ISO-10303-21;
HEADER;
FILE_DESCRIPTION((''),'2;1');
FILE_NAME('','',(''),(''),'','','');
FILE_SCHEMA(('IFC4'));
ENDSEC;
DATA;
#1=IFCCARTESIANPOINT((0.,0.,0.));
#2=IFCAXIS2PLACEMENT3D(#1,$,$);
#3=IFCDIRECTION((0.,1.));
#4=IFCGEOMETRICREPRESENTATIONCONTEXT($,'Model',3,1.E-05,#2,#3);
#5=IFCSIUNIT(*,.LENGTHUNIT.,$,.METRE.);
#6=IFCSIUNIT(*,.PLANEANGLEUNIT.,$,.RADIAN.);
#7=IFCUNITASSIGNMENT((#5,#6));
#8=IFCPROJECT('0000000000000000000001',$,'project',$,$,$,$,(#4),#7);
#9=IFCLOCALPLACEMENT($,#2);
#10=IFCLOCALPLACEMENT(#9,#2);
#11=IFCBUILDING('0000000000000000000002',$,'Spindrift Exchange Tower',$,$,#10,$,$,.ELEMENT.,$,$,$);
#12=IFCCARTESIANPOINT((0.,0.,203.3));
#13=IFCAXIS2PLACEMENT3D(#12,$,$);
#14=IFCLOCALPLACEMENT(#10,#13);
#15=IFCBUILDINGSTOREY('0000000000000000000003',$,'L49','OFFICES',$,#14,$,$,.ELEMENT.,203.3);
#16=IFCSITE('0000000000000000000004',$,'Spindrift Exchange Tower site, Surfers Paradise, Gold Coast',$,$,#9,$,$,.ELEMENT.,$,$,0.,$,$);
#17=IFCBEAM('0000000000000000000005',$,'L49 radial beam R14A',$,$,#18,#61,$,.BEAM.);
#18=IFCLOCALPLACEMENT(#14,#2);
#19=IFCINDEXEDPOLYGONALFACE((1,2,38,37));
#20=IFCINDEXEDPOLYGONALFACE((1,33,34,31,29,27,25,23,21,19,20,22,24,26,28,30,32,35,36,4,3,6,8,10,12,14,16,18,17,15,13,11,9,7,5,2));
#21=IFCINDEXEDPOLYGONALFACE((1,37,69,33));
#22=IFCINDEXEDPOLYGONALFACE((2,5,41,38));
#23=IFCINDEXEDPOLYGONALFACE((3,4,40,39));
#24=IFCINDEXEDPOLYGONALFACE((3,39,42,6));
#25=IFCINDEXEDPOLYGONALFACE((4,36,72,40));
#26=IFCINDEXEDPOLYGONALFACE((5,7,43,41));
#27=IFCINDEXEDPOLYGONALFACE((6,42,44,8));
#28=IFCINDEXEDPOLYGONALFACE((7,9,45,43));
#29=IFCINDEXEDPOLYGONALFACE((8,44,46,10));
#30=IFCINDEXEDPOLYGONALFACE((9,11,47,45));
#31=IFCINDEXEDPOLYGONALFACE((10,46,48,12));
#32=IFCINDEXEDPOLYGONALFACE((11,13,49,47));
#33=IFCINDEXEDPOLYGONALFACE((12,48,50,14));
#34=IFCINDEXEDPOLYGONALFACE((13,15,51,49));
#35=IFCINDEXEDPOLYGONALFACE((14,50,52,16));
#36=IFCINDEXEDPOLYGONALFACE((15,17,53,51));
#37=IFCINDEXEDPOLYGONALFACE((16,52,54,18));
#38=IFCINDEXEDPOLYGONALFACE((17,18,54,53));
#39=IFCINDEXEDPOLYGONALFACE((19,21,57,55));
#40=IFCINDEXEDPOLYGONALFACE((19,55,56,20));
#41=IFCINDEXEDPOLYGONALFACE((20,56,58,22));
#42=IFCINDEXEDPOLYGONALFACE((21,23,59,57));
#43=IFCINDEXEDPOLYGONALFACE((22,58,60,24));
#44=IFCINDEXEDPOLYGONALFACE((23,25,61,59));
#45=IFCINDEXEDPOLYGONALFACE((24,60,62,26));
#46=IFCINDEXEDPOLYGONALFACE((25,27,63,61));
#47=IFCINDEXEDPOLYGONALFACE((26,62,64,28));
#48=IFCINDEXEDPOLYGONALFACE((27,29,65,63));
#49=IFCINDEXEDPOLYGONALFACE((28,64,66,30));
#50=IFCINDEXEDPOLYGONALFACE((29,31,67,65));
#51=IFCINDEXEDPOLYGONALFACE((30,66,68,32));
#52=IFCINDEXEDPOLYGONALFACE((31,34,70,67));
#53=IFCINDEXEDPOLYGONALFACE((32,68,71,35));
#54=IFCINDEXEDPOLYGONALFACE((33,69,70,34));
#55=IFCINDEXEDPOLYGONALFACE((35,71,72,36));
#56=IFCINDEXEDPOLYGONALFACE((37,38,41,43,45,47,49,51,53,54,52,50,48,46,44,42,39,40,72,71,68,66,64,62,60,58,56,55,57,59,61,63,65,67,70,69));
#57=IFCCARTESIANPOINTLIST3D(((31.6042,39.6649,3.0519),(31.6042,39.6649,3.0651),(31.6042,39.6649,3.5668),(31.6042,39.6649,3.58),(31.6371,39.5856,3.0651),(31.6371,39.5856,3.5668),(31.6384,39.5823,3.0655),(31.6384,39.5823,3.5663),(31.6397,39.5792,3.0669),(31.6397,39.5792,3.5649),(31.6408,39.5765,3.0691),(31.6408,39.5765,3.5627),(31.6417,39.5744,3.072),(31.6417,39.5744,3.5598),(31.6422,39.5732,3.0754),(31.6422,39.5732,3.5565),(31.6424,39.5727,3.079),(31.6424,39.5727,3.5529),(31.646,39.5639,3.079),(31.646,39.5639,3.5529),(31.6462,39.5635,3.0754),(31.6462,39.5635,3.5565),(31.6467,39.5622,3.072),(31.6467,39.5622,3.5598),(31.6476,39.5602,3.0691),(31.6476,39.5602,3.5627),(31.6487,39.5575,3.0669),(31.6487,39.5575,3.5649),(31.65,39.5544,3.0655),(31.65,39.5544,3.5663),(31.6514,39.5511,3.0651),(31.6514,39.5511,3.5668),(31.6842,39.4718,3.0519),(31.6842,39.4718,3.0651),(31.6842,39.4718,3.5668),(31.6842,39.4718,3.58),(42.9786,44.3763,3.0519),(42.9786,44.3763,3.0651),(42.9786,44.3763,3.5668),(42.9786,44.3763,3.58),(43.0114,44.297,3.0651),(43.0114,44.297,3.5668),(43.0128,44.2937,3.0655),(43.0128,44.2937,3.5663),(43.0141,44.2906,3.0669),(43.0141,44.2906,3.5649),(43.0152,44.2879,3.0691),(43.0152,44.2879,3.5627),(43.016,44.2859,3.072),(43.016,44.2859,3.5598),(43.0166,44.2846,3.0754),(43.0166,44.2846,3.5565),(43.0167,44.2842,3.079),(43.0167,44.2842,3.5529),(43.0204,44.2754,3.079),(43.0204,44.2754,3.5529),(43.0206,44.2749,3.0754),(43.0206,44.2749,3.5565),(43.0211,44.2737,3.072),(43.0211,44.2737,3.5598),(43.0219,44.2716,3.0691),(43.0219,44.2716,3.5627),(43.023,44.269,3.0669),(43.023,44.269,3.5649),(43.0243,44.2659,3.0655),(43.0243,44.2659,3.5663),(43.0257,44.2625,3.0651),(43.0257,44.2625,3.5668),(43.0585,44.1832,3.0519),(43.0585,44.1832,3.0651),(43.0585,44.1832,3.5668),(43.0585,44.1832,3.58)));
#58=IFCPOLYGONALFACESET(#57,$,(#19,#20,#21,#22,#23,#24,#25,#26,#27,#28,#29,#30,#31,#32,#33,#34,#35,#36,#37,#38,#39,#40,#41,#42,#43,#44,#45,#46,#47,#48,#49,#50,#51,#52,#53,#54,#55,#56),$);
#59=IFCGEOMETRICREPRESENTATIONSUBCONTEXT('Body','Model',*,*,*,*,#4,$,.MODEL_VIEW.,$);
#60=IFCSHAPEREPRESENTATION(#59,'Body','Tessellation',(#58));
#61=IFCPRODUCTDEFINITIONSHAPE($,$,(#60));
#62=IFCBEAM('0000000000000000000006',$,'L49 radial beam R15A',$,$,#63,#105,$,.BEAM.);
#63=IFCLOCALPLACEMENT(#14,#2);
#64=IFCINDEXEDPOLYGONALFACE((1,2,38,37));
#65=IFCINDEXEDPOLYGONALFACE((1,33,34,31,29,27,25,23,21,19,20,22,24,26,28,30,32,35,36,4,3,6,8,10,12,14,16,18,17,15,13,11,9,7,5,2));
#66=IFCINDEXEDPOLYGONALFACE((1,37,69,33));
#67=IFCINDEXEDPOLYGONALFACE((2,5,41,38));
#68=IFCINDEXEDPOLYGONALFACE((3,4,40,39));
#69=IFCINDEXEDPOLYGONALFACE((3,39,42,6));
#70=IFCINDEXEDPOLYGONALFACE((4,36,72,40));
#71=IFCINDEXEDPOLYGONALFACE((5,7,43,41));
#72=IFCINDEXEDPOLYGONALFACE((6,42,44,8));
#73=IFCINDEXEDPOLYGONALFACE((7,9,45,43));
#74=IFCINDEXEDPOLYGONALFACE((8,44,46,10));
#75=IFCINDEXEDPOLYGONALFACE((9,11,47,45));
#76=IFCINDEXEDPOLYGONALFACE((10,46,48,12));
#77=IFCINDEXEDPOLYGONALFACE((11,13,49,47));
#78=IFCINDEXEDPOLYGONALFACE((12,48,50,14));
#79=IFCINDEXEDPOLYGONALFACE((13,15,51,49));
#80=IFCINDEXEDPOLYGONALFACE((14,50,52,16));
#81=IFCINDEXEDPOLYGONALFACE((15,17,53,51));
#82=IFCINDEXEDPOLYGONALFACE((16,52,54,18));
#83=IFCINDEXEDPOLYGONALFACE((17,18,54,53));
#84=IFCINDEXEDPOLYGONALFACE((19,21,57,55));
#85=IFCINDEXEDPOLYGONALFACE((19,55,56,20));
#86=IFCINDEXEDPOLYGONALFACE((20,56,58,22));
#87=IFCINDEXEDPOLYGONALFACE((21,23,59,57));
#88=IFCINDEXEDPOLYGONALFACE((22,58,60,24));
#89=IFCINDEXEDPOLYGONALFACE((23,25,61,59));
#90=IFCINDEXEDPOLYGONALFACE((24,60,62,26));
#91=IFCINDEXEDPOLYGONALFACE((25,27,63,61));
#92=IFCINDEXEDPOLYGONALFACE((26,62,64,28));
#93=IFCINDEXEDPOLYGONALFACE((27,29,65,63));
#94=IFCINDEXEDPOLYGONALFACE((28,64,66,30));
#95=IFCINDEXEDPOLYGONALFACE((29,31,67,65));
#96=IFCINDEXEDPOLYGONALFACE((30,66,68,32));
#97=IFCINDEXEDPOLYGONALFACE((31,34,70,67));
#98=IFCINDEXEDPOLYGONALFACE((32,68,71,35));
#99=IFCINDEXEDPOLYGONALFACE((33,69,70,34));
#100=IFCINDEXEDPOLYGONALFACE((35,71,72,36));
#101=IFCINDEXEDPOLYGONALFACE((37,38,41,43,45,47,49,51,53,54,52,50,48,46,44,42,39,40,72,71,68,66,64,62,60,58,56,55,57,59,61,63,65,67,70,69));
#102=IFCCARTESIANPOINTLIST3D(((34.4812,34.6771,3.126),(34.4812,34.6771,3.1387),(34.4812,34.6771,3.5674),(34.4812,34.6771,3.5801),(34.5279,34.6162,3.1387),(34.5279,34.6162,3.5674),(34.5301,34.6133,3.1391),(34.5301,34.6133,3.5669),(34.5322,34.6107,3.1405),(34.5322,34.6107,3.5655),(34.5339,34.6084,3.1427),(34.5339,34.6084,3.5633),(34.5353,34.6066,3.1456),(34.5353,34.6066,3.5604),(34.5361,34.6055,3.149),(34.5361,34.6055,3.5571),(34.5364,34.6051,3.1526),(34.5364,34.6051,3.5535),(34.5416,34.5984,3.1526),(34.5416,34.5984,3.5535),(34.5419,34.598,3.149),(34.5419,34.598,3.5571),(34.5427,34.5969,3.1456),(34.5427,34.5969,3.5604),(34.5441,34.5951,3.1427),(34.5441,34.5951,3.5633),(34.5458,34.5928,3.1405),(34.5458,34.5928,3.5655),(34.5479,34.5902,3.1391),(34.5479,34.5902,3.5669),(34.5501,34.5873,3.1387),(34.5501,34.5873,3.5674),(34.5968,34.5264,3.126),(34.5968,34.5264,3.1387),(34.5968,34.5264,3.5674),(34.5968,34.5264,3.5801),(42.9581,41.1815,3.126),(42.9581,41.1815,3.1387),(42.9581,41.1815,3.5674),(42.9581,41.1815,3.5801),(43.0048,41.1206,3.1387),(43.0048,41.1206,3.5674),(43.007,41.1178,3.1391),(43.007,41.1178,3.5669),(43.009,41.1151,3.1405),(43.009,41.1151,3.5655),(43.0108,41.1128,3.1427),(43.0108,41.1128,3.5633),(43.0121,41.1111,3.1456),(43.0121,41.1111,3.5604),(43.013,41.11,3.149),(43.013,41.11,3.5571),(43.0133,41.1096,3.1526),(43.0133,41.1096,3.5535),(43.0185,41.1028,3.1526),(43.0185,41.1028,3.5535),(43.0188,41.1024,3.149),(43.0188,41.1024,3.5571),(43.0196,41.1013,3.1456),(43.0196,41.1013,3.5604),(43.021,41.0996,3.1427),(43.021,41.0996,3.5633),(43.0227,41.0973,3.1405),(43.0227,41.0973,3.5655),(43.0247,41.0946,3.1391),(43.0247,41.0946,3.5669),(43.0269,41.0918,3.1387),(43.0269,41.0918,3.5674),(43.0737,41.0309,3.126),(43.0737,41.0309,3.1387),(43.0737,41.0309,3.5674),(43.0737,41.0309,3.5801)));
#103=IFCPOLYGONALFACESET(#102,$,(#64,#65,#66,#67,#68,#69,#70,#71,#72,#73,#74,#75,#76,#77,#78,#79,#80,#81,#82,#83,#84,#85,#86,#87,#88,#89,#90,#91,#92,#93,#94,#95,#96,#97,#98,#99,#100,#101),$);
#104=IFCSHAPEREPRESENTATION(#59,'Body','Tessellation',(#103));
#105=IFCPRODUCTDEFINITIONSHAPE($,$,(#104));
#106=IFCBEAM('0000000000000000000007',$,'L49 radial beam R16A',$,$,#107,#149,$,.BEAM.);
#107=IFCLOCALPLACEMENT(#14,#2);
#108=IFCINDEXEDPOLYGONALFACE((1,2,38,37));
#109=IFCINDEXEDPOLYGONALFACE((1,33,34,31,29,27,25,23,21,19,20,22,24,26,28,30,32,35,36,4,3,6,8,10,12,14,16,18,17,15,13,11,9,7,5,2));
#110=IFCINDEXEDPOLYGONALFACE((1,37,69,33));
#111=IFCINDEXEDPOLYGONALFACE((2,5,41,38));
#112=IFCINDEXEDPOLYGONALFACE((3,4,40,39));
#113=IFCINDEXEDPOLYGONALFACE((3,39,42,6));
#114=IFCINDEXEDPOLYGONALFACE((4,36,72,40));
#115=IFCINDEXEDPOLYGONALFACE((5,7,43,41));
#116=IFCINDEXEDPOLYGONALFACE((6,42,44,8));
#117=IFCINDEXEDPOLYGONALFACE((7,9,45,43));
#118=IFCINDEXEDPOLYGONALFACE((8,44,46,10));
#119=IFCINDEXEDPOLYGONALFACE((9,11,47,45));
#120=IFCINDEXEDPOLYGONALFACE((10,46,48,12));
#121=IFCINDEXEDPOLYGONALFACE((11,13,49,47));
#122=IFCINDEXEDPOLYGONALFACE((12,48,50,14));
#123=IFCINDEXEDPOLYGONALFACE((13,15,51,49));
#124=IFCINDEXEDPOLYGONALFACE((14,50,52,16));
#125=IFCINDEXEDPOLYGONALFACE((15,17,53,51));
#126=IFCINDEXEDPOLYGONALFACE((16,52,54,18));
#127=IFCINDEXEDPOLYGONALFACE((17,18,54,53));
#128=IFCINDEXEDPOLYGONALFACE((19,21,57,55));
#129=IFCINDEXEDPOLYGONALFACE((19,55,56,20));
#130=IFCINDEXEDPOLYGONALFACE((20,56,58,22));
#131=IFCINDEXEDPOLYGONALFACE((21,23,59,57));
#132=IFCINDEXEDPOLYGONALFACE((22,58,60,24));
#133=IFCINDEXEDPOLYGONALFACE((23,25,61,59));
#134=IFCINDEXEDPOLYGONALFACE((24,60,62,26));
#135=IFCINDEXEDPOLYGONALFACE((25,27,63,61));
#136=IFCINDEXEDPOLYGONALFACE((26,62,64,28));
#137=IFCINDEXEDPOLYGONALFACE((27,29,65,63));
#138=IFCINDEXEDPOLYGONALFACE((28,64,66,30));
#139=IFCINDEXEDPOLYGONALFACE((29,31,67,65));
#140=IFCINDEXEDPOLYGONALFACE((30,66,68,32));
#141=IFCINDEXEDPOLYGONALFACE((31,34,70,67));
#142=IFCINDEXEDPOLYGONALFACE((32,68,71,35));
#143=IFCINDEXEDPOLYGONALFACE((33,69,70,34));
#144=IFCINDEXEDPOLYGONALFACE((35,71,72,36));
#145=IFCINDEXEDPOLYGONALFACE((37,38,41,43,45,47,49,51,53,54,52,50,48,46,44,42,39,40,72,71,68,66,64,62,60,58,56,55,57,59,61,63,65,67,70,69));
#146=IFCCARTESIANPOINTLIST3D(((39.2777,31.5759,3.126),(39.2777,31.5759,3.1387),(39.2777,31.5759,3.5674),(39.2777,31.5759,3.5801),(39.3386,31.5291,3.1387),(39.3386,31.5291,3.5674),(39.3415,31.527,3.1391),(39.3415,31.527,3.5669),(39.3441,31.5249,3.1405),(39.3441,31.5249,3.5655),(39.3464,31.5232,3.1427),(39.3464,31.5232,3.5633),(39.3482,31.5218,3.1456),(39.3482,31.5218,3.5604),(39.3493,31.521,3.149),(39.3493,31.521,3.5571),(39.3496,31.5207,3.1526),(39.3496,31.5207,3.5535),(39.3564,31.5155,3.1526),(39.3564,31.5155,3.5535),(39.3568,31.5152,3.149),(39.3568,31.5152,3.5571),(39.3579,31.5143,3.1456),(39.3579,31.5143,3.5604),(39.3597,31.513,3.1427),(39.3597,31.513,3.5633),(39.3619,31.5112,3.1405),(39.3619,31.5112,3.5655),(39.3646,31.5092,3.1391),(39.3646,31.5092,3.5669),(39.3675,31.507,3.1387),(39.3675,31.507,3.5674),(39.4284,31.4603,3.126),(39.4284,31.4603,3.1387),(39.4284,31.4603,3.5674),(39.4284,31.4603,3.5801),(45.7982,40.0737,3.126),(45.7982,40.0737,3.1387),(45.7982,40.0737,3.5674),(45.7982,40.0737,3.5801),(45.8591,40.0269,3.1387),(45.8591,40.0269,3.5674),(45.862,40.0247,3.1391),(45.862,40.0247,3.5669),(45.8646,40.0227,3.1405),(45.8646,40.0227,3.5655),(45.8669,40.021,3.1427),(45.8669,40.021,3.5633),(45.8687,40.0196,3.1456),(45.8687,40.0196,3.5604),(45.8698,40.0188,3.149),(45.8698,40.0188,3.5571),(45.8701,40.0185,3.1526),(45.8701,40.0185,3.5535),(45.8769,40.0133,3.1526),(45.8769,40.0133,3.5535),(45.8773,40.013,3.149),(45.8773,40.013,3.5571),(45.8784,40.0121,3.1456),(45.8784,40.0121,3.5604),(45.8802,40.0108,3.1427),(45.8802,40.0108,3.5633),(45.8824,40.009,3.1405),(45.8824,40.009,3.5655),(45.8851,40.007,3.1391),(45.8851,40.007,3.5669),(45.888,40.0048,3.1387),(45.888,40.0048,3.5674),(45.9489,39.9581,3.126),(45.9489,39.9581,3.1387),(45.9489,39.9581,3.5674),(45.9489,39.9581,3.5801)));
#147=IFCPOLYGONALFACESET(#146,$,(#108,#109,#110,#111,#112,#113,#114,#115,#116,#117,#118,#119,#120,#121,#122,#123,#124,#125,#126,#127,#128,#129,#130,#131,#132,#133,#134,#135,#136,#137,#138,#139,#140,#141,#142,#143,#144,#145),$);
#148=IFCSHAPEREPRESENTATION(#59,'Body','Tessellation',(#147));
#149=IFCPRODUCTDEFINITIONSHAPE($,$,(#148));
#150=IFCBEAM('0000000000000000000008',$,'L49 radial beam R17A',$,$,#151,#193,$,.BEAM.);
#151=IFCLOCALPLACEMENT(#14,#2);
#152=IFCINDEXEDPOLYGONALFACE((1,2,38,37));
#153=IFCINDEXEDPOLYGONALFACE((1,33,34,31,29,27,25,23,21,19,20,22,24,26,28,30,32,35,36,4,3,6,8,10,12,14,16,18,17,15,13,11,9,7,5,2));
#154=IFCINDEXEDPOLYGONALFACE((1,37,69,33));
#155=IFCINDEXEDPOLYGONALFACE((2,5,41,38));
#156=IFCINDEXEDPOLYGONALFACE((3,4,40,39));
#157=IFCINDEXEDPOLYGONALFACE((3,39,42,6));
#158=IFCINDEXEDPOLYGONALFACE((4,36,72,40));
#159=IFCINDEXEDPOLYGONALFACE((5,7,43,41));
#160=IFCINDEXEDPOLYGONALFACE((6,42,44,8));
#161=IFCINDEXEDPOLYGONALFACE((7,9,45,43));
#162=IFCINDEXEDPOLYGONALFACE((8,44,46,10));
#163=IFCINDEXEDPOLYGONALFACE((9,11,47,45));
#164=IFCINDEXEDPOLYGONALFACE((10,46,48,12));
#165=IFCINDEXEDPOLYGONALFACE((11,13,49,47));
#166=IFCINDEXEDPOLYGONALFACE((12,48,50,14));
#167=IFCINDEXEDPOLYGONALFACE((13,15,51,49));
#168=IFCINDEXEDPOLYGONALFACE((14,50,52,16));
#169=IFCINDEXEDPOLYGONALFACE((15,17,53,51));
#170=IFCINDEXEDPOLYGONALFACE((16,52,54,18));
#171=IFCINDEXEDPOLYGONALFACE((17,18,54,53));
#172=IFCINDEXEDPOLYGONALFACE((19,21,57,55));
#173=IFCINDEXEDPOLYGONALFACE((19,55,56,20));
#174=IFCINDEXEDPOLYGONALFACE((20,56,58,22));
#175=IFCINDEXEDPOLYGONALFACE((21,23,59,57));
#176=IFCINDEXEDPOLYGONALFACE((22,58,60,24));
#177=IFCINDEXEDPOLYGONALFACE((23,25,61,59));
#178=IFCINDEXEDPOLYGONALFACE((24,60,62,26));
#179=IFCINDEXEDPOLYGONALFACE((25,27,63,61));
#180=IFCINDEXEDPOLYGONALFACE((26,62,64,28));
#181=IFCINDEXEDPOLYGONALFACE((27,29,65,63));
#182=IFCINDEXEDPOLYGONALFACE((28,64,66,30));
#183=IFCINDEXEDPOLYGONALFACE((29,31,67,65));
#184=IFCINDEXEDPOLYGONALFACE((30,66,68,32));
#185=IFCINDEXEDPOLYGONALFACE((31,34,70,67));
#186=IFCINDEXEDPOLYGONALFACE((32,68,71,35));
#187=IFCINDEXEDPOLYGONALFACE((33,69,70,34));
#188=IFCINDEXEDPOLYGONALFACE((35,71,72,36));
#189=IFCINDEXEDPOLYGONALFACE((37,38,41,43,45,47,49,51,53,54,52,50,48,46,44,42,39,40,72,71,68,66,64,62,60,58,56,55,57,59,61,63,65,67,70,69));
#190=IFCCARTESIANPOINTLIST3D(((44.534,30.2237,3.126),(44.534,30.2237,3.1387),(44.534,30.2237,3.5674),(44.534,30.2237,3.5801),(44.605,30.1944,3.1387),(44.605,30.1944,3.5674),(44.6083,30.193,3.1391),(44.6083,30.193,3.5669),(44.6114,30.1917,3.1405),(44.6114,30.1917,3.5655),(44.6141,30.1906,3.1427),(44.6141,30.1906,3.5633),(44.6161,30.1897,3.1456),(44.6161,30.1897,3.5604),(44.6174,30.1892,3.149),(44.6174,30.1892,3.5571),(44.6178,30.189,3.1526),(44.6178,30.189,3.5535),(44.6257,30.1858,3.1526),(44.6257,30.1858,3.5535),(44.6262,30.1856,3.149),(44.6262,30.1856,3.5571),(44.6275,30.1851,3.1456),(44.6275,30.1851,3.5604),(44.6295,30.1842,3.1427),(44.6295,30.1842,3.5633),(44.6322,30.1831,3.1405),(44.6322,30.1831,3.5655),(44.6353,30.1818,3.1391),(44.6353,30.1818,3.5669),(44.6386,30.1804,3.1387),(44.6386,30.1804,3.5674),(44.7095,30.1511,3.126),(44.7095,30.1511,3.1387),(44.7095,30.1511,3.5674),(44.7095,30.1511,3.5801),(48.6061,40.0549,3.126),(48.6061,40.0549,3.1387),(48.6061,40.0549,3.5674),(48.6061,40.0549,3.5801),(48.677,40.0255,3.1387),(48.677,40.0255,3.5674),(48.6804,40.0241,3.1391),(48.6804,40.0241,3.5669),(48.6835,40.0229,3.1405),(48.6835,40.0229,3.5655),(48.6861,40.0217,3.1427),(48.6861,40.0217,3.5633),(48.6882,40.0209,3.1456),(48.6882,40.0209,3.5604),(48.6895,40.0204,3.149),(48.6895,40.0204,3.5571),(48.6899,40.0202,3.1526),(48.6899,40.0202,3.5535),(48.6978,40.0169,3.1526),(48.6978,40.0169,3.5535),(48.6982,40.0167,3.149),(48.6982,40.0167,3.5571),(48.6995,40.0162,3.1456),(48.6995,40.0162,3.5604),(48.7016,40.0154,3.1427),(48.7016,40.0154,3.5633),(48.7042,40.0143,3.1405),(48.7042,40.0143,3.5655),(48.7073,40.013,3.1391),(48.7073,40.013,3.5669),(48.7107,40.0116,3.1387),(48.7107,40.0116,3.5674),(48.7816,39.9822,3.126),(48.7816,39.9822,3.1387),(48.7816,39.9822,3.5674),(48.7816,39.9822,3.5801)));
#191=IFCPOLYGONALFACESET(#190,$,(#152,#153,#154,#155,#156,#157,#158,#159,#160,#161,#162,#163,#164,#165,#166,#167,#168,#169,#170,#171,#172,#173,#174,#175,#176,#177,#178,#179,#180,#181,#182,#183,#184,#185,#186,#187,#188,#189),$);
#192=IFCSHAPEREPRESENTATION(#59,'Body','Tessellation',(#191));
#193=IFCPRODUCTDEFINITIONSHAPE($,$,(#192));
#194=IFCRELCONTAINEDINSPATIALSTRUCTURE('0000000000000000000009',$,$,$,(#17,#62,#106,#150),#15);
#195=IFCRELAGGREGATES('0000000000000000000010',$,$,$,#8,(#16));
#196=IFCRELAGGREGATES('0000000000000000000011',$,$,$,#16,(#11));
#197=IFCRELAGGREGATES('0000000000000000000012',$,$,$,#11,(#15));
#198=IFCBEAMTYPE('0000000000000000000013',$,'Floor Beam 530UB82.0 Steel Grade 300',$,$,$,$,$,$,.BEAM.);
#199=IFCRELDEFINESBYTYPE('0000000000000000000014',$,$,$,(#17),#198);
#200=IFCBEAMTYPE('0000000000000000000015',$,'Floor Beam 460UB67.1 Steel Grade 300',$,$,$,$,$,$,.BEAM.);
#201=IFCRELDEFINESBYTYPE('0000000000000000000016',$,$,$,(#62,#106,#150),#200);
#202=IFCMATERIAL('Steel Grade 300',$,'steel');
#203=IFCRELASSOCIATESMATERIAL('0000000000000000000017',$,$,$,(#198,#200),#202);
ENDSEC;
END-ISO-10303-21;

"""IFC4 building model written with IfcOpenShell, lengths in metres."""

from ifc_helpers import new_model, si_unit, direction, frame, origin, origin_2d, place, context, subcontext, project, spatial, i_section, extrude, source, transform, mapped, material, material_profile, profile_set, type_object, element, save


model = new_model("IFC4")

# Units and contexts
model_context = context("Model", 3, precision=1e-05, world=origin(), true_north=direction((0.0, 1.0)))
body_context = subcontext(model_context, "Body", "Model", "MODEL_VIEW")
ifc_project = project(units=[si_unit("LENGTHUNIT", "METRE"), si_unit("PLANEANGLEUNIT", "RADIAN")], contexts=[model_context])

# Site, building, storey
site_placement = place(None, origin())
site = spatial("IfcSite", under=ifc_project, at=site_placement, Name="Spindrift Exchange Tower site, Surfers Paradise, Gold Coast", CompositionType="ELEMENT", RefElevation=0.0)
building_placement = place(site_placement, origin())
building = spatial("IfcBuilding", under=site, at=building_placement, Name="Spindrift Exchange Tower", CompositionType="ELEMENT")
storey_placement = place(building_placement, frame((0.0, 0.0, 203.3)))
storey = spatial("IfcBuildingStorey", under=building, at=storey_placement, Name="L49", Description="OFFICES", CompositionType="ELEMENT", Elevation=203.3)

# Beams
ifc_material_1 = material(Name="Steel Grade 300", Category="steel")
ifc_material_profile_1 = material_profile(ifc_material_1, i_section(OverallWidth=0.209, OverallDepth=0.5281, WebThickness=0.0095, FlangeThickness=0.0132, FilletRadius=0.0139, at=origin_2d()), Name="530UB82.0")
ifc_profile_set_1 = profile_set([ifc_material_profile_1], Name="Steel Grade 300")
beam_type_1 = type_object("IfcBeamType", Name="Floor Beam 530UB82.0 Steel Grade 300", PredefinedType="BEAM", material=ifc_profile_set_1)
shared_shape_1 = source(origin(), body_context, "Body", "SweptSolid", [
    extrude(i_section(OverallWidth=0.209, OverallDepth=0.5281, WebThickness=0.0095, FlangeThickness=0.0132, FilletRadius=0.0139, at=origin_2d()), origin(), (0.0, 0.0, 1.0), 12.3115),
])
beam_1_placement = place(storey_placement, frame((43.0186, 44.2798, 3.3159), z_axis=(-0.923878, -0.382687, 0.0), x_axis=(0.382687, -0.923878, 0.0)))
element("IfcBeam", 1, at=beam_1_placement, inside=storey, type_object=beam_type_1, Name="L49 radial beam R14A", PredefinedType="BEAM", context=body_context, shape_type="MappedRepresentation", body=[
    mapped(shared_shape_1, transform((0.0, 0.0, 0.0), scale=1.0)),
])
ifc_material_profile_2 = material_profile(ifc_material_1, i_section(OverallWidth=0.1899, OverallDepth=0.4541, WebThickness=0.0085, FlangeThickness=0.0127, FilletRadius=0.0139, at=origin_2d()), Name="460UB67.1")
ifc_profile_set_2 = profile_set([ifc_material_profile_2], Name="Steel Grade 300")
beam_type_2 = type_object("IfcBeamType", Name="Floor Beam 460UB67.1 Steel Grade 300", PredefinedType="BEAM", material=ifc_profile_set_2)
shared_shape_2 = source(origin(), body_context, "Body", "SweptSolid", [
    extrude(i_section(OverallWidth=0.1899, OverallDepth=0.4541, WebThickness=0.0085, FlangeThickness=0.0127, FilletRadius=0.0139, at=origin_2d()), origin(), (0.0, 0.0, 1.0), 10.6848),
])
beam_2_placement = place(storey_placement, frame((43.0159, 41.1062, 3.353), z_axis=(-0.793357, -0.608756, 0.0), x_axis=(0.608756, -0.793357, 0.0)))
element("IfcBeam", 2, at=beam_2_placement, inside=storey, type_object=beam_type_2, Name="L49 radial beam R15A", PredefinedType="BEAM", context=body_context, shape_type="MappedRepresentation", body=[
    mapped(shared_shape_2, transform((0.0, 0.0, 0.0), scale=1.0)),
])
shared_shape_3 = source(origin(), body_context, "Body", "SweptSolid", [
    extrude(i_section(OverallWidth=0.1899, OverallDepth=0.4541, WebThickness=0.0085, FlangeThickness=0.0127, FilletRadius=0.0139, at=origin_2d()), origin(), (0.0, 0.0, 1.0), 10.7112),
])
beam_3_placement = place(storey_placement, frame((45.8735, 40.0159, 3.353), z_axis=(-0.608756, -0.793357, 0.0), x_axis=(0.793357, -0.608756, 0.0)))
element("IfcBeam", 3, at=beam_3_placement, inside=storey, type_object=beam_type_2, Name="L49 radial beam R16A", PredefinedType="BEAM", context=body_context, shape_type="MappedRepresentation", body=[
    mapped(shared_shape_3, transform((0.0, 0.0, 0.0), scale=1.0)),
])
shared_shape_4 = source(origin(), body_context, "Body", "SweptSolid", [
    extrude(i_section(OverallWidth=0.1899, OverallDepth=0.4541, WebThickness=0.0085, FlangeThickness=0.0127, FilletRadius=0.0139, at=origin_2d()), origin(), (0.0, 0.0, 1.0), 10.6411),
])
beam_4_placement = place(storey_placement, frame((48.6938, 40.0186, 3.353), z_axis=(-0.382673, -0.923884, 0.0), x_axis=(0.923884, -0.382673, 0.0)))
element("IfcBeam", 4, at=beam_4_placement, inside=storey, type_object=beam_type_2, Name="L49 radial beam R17A", PredefinedType="BEAM", context=body_context, shape_type="MappedRepresentation", body=[
    mapped(shared_shape_4, transform((0.0, 0.0, 0.0), scale=1.0)),
])

save(model, "model.ifc")
